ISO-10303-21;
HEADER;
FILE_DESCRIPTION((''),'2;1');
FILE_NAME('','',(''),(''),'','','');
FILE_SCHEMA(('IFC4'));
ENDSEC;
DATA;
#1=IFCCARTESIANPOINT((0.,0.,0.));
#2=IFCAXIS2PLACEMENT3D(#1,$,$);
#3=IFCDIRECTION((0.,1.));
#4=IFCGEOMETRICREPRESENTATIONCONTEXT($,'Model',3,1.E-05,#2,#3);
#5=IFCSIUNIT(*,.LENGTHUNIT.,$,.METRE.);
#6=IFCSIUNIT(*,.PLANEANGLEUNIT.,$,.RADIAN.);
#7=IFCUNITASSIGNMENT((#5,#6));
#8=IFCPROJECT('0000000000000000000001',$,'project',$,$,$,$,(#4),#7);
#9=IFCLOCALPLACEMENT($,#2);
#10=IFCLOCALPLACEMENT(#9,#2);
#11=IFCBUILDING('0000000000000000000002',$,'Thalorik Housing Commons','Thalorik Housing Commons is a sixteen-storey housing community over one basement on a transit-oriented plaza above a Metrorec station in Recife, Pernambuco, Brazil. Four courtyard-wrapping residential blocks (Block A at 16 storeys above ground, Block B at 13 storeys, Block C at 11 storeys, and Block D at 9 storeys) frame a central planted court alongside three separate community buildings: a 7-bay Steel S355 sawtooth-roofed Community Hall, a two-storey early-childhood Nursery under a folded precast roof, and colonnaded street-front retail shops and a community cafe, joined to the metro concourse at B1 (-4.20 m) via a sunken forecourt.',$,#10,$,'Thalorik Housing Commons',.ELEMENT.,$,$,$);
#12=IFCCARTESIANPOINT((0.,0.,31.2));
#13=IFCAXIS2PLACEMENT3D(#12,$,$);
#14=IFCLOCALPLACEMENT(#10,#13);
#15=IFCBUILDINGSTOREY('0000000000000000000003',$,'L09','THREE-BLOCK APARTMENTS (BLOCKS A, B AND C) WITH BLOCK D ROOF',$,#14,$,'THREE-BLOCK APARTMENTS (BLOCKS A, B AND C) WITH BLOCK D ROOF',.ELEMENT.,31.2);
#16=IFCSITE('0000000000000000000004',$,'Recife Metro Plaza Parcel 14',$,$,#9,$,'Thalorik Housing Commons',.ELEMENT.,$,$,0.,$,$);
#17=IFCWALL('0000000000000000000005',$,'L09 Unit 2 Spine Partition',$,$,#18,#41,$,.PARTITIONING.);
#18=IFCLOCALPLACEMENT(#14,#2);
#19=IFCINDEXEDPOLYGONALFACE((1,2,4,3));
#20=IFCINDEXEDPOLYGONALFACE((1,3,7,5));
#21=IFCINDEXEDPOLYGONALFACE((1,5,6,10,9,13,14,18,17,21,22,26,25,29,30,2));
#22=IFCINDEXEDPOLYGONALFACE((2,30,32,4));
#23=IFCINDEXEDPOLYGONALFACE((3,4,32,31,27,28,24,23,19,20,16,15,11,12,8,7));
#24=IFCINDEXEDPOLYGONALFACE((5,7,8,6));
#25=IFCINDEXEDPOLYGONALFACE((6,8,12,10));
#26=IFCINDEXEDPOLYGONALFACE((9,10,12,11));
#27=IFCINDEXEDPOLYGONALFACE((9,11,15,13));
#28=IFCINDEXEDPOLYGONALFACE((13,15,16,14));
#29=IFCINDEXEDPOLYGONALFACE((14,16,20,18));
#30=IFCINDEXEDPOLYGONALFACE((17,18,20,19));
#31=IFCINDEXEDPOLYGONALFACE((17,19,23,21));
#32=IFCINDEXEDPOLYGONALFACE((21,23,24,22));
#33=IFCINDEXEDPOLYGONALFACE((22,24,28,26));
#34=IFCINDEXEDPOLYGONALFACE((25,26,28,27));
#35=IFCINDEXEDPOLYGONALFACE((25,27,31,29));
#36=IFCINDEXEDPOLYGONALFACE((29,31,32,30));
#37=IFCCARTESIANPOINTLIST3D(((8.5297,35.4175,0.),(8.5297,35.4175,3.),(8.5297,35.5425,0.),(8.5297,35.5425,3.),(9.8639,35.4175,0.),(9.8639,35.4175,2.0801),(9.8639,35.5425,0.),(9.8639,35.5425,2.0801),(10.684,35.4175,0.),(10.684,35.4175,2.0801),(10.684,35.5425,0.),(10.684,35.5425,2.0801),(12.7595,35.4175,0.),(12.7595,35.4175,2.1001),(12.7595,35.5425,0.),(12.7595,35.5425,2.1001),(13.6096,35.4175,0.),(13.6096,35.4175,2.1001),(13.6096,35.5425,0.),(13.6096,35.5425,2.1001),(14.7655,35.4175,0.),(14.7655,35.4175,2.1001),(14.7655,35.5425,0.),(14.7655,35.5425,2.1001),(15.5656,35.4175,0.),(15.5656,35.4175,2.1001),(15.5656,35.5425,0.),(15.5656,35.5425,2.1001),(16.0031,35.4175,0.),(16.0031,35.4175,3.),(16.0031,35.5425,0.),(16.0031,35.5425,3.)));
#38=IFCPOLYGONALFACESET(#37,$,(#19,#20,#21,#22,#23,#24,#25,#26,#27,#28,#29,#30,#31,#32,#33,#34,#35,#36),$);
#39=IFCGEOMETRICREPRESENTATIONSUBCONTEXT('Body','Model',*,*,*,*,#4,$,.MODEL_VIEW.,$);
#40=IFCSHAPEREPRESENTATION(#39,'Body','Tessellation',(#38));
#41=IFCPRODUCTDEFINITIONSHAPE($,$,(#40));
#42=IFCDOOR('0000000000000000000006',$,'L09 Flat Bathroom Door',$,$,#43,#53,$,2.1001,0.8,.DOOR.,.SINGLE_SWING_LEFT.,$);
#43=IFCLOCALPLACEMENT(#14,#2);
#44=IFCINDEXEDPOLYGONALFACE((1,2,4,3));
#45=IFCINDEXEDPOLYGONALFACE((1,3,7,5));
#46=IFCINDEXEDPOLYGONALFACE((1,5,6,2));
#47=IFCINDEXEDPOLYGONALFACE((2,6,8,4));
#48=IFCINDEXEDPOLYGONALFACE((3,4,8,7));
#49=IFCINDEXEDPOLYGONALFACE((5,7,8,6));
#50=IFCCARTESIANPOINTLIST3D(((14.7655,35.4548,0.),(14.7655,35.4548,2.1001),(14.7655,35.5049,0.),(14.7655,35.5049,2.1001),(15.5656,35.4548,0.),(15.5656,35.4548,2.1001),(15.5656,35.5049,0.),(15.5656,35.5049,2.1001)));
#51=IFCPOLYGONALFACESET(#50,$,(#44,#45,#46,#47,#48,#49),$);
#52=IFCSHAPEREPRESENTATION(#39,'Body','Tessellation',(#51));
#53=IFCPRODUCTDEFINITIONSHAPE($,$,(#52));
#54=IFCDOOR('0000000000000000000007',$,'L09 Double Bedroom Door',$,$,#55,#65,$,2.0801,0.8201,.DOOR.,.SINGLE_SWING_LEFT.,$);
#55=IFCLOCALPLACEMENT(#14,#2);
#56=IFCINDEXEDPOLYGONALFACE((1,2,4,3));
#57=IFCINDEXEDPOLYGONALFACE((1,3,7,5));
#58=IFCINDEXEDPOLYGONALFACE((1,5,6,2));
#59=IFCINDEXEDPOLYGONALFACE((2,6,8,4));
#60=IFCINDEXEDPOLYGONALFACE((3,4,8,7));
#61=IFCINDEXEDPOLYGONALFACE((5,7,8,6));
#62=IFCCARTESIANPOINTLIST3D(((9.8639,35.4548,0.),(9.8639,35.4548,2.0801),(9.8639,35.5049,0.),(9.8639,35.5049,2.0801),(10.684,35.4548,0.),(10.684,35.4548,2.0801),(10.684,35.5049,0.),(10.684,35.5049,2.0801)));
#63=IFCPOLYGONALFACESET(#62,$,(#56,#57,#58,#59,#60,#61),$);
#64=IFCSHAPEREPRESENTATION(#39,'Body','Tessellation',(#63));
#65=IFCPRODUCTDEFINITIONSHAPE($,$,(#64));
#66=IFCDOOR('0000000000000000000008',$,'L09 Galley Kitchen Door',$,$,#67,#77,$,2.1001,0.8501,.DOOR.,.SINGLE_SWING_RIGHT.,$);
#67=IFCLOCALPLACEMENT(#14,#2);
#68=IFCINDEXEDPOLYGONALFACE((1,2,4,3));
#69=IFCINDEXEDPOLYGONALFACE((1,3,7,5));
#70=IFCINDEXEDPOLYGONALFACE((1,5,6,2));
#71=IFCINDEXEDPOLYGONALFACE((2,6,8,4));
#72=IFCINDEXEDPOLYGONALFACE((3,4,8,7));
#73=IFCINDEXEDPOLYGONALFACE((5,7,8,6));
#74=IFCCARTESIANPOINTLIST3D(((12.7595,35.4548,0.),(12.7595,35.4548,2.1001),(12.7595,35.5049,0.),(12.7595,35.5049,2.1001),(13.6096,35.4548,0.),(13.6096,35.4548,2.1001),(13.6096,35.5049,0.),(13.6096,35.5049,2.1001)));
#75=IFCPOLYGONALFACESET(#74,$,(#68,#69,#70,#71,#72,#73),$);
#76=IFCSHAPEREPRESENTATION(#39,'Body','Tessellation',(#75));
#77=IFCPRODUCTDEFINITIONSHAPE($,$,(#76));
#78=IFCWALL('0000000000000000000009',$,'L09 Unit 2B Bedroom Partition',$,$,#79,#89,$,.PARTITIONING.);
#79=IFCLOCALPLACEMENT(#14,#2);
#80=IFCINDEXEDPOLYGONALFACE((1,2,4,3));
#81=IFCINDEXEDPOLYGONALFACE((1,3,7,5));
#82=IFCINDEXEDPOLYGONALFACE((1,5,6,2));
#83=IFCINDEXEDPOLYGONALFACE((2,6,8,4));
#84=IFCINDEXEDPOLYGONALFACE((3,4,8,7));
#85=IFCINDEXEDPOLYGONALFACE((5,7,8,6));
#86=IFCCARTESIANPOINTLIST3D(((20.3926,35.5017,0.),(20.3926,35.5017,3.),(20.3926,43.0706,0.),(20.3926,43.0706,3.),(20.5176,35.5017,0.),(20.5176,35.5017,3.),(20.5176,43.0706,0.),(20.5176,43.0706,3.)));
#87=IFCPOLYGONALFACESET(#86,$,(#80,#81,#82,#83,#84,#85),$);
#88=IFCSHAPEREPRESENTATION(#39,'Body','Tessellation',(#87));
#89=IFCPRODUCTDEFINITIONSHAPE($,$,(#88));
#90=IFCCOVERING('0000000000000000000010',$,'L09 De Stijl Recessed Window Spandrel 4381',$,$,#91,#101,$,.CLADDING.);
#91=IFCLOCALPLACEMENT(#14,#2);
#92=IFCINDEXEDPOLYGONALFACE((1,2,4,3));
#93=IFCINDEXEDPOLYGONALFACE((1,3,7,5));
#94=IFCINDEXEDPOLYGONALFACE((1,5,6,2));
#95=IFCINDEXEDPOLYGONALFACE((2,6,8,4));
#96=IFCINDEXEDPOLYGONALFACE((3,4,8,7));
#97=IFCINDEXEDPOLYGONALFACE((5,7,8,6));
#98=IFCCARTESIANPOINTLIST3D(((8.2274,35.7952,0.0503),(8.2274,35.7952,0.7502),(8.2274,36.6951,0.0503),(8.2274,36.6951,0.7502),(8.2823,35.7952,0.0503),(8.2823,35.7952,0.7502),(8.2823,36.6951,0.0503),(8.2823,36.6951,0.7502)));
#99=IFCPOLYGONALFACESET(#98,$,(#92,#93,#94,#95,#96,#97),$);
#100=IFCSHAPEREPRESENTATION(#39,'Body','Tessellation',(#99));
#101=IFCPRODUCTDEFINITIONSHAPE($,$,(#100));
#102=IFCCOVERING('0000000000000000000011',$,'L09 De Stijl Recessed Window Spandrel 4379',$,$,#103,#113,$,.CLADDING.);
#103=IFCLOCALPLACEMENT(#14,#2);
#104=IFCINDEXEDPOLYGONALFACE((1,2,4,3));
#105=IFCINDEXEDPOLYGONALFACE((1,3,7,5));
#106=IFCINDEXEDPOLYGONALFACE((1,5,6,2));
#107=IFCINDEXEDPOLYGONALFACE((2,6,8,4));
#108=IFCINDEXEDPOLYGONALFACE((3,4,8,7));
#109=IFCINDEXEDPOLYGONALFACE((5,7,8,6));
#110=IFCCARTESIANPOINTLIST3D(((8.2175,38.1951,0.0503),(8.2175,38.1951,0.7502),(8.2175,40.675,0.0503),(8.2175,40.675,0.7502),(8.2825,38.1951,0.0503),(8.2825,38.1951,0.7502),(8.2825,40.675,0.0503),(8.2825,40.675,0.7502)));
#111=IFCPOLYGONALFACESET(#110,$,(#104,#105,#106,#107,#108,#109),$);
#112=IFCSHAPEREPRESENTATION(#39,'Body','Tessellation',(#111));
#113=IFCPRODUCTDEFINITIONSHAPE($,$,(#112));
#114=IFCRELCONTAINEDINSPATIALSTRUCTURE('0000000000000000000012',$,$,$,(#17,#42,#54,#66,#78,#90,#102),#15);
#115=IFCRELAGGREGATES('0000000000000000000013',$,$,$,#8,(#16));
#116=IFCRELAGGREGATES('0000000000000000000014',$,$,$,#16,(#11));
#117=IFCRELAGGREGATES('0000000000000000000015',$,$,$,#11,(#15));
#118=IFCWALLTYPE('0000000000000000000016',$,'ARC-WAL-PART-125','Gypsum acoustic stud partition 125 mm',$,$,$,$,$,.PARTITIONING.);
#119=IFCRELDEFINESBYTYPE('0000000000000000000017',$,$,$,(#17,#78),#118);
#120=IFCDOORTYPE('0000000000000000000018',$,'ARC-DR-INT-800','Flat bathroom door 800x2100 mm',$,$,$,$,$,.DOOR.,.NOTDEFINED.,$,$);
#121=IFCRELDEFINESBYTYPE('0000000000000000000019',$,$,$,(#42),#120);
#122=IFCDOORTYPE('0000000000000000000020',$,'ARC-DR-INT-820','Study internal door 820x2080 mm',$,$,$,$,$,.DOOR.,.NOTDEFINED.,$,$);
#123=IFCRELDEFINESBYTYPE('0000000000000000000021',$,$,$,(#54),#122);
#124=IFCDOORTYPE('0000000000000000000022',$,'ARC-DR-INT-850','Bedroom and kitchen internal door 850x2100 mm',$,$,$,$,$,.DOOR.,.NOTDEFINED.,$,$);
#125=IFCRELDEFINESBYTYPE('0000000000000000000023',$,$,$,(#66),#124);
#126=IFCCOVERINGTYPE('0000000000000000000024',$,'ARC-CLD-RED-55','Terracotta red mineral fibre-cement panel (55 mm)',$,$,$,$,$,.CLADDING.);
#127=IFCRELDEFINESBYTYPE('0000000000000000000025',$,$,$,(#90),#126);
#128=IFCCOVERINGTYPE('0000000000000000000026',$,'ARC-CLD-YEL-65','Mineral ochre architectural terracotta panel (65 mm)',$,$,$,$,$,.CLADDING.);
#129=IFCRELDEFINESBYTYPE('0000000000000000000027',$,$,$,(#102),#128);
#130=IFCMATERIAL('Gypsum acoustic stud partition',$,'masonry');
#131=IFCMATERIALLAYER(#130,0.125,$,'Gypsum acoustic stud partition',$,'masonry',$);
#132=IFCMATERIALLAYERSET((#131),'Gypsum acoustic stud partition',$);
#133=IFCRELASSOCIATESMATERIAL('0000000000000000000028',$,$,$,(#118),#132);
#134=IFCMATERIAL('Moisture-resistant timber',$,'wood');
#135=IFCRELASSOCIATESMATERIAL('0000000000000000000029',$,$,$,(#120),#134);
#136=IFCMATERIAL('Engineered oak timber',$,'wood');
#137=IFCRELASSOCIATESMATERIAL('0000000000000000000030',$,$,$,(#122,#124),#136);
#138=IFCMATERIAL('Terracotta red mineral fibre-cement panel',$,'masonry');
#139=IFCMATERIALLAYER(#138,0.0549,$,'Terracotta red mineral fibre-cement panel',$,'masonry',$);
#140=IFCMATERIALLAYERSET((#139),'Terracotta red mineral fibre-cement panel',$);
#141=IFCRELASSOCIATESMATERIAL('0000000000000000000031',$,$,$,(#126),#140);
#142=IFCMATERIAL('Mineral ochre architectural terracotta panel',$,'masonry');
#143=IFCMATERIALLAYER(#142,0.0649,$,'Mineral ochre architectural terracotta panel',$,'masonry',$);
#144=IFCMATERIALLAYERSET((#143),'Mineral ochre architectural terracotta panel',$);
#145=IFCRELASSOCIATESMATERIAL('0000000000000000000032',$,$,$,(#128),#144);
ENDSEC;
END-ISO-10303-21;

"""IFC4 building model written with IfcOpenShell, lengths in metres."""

from ifc_helpers import new_model, si_unit, direction, frame, frame_2d, origin, origin_2d, place, context, subcontext, project, spatial, rectangle, extrude, material, layer, layer_set, type_object, element, fill, save


model = new_model("IFC4")

# Units and contexts
model_context = context("Model", 3, precision=1e-05, world=origin(), true_north=direction((0.0, 1.0)))
body_context = subcontext(model_context, "Body", "Model", "MODEL_VIEW")
ifc_project = project(units=[si_unit("LENGTHUNIT", "METRE"), si_unit("PLANEANGLEUNIT", "RADIAN")], contexts=[model_context])

# Site, building, storey
site_placement = place(None, origin())
site = spatial("IfcSite", under=ifc_project, at=site_placement, Name="Recife Metro Plaza Parcel 14", LongName="Thalorik Housing Commons", CompositionType="ELEMENT", RefElevation=0.0)
building_placement = place(site_placement, origin())
building = spatial("IfcBuilding", under=site, at=building_placement, Name="Thalorik Housing Commons", Description="Thalorik Housing Commons is a sixteen-storey housing community over one basement on a transit-oriented plaza above a Metrorec station in Recife, Pernambuco, Brazil. Four courtyard-wrapping residential blocks (Block A at 16 storeys above ground, Block B at 13 storeys, Block C at 11 storeys, and Block D at 9 storeys) frame a central planted court alongside three separate community buildings: a 7-bay Steel S355 sawtooth-roofed Community Hall, a two-storey early-childhood Nursery under a folded precast roof, and colonnaded street-front retail shops and a community cafe, joined to the metro concourse at B1 (-4.20 m) via a sunken forecourt.", LongName="Thalorik Housing Commons", CompositionType="ELEMENT")
storey_placement = place(building_placement, frame((0.0, 0.0, 31.2)))
storey = spatial("IfcBuildingStorey", under=building, at=storey_placement, Name="L09", Description="THREE-BLOCK APARTMENTS (BLOCKS A, B AND C) WITH BLOCK D ROOF", LongName="THREE-BLOCK APARTMENTS (BLOCKS A, B AND C) WITH BLOCK D ROOF", CompositionType="ELEMENT", Elevation=31.2)

# Wall, openings, doors
ifc_material_1 = material(Name="Gypsum acoustic stud partition", Category="masonry")
ifc_layer_1 = layer(ifc_material_1, 0.125, Name="Gypsum acoustic stud partition", Category="masonry")
ifc_layer_set_1 = layer_set([ifc_layer_1], Name="Gypsum acoustic stud partition")
wall_type_1 = type_object("IfcWallType", Name="ARC-WAL-PART-125", Description="Gypsum acoustic stud partition 125 mm", PredefinedType="PARTITIONING", material=ifc_layer_set_1)
wall_1_placement = place(storey_placement, frame((8.5295, 35.48, 0.0), z_axis=(0.0, 0.0, 1.0), x_axis=(1.0, 0.0, 0.0)))
wall_1 = element("IfcWall", 1, at=wall_1_placement, inside=storey, type_object=wall_type_1, Name="L09 Unit 2 Spine Partition", PredefinedType="PARTITIONING", context=body_context, shape_type="SweptSolid", body=[
    extrude(rectangle(XDim=7.4734, YDim=0.125, at=frame_2d((3.7368, 0.0))), origin(), (0.0, 0.0, 1.0), 3.0),
])
opening_1_placement = place(wall_1_placement, frame((1.3342, 0.0, 0.0)))
opening_1 = element("IfcOpeningElement", 2, at=opening_1_placement, cuts=wall_1, PredefinedType="OPENING", context=body_context, shape_type="SweptSolid", body=[
    extrude(rectangle(XDim=0.8201, YDim=2.0801, at=frame_2d((0.4102, 1.04))), frame((0.0, 0.0725, 0.0), z_axis=(0.0, -1.0, 0.0), x_axis=(1.0, 0.0, 0.0)), (0.0, 0.0, 1.0), 0.145),
])
opening_2_placement = place(wall_1_placement, frame((4.23, 0.0, 0.0)))
opening_2 = element("IfcOpeningElement", 3, at=opening_2_placement, cuts=wall_1, PredefinedType="OPENING", context=body_context, shape_type="SweptSolid", body=[
    extrude(rectangle(XDim=0.8501, YDim=2.1001, at=frame_2d((0.425, 1.05))), frame((0.0, 0.0725, 0.0), z_axis=(0.0, -1.0, 0.0), x_axis=(1.0, 0.0, 0.0)), (0.0, 0.0, 1.0), 0.145),
])
opening_3_placement = place(wall_1_placement, frame((6.2361, 0.0, 0.0)))
opening_3 = element("IfcOpeningElement", 4, at=opening_3_placement, cuts=wall_1, PredefinedType="OPENING", context=body_context, shape_type="SweptSolid", body=[
    extrude(rectangle(XDim=0.8, YDim=2.1001, at=frame_2d((0.3999, 1.05))), frame((0.0, 0.0725, 0.0), z_axis=(0.0, -1.0, 0.0), x_axis=(1.0, 0.0, 0.0)), (0.0, 0.0, 1.0), 0.145),
])
ifc_material_2 = material(Name="Moisture-resistant timber", Category="wood")
door_type_1 = type_object("IfcDoorType", Name="ARC-DR-INT-800", Description="Flat bathroom door 800x2100 mm", OperationType="NOTDEFINED", PredefinedType="DOOR", material=ifc_material_2)
door_1_placement = place(opening_3_placement, origin())
door_1 = element("IfcDoor", 5, at=door_1_placement, inside=storey, type_object=door_type_1, Name="L09 Flat Bathroom Door", OperationType="SINGLE_SWING_LEFT", OverallHeight=2.1001, OverallWidth=0.8, PredefinedType="DOOR", context=body_context, shape_type="SweptSolid", body=[
    extrude(rectangle(XDim=0.8, YDim=2.1001, at=frame_2d((0.3999, 1.05))), frame((0.0, 0.0249, 0.0), z_axis=(0.0, -1.0, 0.0), x_axis=(1.0, 0.0, 0.0)), (0.0, 0.0, 1.0), 0.05),
])
fill(opening_3, door_1)
ifc_material_3 = material(Name="Engineered oak timber", Category="wood")
door_type_2 = type_object("IfcDoorType", Name="ARC-DR-INT-820", Description="Study internal door 820x2080 mm", OperationType="NOTDEFINED", PredefinedType="DOOR", material=ifc_material_3)
door_2_placement = place(opening_1_placement, origin())
door_2 = element("IfcDoor", 6, at=door_2_placement, inside=storey, type_object=door_type_2, Name="L09 Double Bedroom Door", OperationType="SINGLE_SWING_LEFT", OverallHeight=2.0801, OverallWidth=0.8201, PredefinedType="DOOR", context=body_context, shape_type="SweptSolid", body=[
    extrude(rectangle(XDim=0.8201, YDim=2.0801, at=frame_2d((0.4102, 1.04))), frame((0.0, 0.0249, 0.0), z_axis=(0.0, -1.0, 0.0), x_axis=(1.0, 0.0, 0.0)), (0.0, 0.0, 1.0), 0.05),
])
fill(opening_1, door_2)
door_type_3 = type_object("IfcDoorType", Name="ARC-DR-INT-850", Description="Bedroom and kitchen internal door 850x2100 mm", OperationType="NOTDEFINED", PredefinedType="DOOR", material=ifc_material_3)
door_3_placement = place(opening_2_placement, origin())
door_3 = element("IfcDoor", 7, at=door_3_placement, inside=storey, type_object=door_type_3, Name="L09 Galley Kitchen Door", OperationType="SINGLE_SWING_RIGHT", OverallHeight=2.1001, OverallWidth=0.8501, PredefinedType="DOOR", context=body_context, shape_type="SweptSolid", body=[
    extrude(rectangle(XDim=0.8501, YDim=2.1001, at=frame_2d((0.425, 1.05))), frame((0.0, 0.0249, 0.0), z_axis=(0.0, -1.0, 0.0), x_axis=(1.0, 0.0, 0.0)), (0.0, 0.0, 1.0), 0.05),
])
fill(opening_2, door_3)

# Wall
wall_2_placement = place(storey_placement, frame((20.4551, 35.5017, 0.0), z_axis=(0.0, 0.0, 1.0), x_axis=(0.0, 1.0, 0.0)))
element("IfcWall", 8, at=wall_2_placement, inside=storey, type_object=wall_type_1, Name="L09 Unit 2B Bedroom Partition", PredefinedType="PARTITIONING", context=body_context, shape_type="SweptSolid", body=[
    extrude(rectangle(XDim=7.5688, YDim=0.125, at=frame_2d((3.7844, 0.0))), origin(), (0.0, 0.0, 1.0), 3.0),
])

# Coverings
ifc_material_4 = material(Name="Terracotta red mineral fibre-cement panel", Category="masonry")
ifc_layer_2 = layer(ifc_material_4, 0.0549, Name="Terracotta red mineral fibre-cement panel", Category="masonry")
ifc_layer_set_2 = layer_set([ifc_layer_2], Name="Terracotta red mineral fibre-cement panel")
covering_type_1 = type_object("IfcCoveringType", Name="ARC-CLD-RED-55", Description="Terracotta red mineral fibre-cement panel (55 mm)", PredefinedType="CLADDING", material=ifc_layer_set_2)
covering_1_placement = place(storey_placement, frame((8.2549, 36.2451, 0.0503), z_axis=(0.0, 0.0, 1.0), x_axis=(0.0, -1.0, 0.0)))
element("IfcCovering", 9, at=covering_1_placement, inside=storey, type_object=covering_type_1, Name="L09 De Stijl Recessed Window Spandrel 4381", PredefinedType="CLADDING", context=body_context, shape_type="SweptSolid", body=[
    extrude(rectangle(XDim=0.8999, YDim=0.0549, at=origin_2d()), origin(), (0.0, 0.0, 1.0), 0.7),
])
ifc_material_5 = material(Name="Mineral ochre architectural terracotta panel", Category="masonry")
ifc_layer_3 = layer(ifc_material_5, 0.0649, Name="Mineral ochre architectural terracotta panel", Category="masonry")
ifc_layer_set_3 = layer_set([ifc_layer_3], Name="Mineral ochre architectural terracotta panel")
covering_type_2 = type_object("IfcCoveringType", Name="ARC-CLD-YEL-65", Description="Mineral ochre architectural terracotta panel (65 mm)", PredefinedType="CLADDING", material=ifc_layer_set_3)
covering_2_placement = place(storey_placement, frame((8.25, 39.4351, 0.0503), z_axis=(0.0, 0.0, 1.0), x_axis=(0.0, -1.0, 0.0)))
element("IfcCovering", 10, at=covering_2_placement, inside=storey, type_object=covering_type_2, Name="L09 De Stijl Recessed Window Spandrel 4379", PredefinedType="CLADDING", context=body_context, shape_type="SweptSolid", body=[
    extrude(rectangle(XDim=2.48, YDim=0.0649, at=origin_2d()), origin(), (0.0, 0.0, 1.0), 0.7),
])

save(model, "model.ifc")
